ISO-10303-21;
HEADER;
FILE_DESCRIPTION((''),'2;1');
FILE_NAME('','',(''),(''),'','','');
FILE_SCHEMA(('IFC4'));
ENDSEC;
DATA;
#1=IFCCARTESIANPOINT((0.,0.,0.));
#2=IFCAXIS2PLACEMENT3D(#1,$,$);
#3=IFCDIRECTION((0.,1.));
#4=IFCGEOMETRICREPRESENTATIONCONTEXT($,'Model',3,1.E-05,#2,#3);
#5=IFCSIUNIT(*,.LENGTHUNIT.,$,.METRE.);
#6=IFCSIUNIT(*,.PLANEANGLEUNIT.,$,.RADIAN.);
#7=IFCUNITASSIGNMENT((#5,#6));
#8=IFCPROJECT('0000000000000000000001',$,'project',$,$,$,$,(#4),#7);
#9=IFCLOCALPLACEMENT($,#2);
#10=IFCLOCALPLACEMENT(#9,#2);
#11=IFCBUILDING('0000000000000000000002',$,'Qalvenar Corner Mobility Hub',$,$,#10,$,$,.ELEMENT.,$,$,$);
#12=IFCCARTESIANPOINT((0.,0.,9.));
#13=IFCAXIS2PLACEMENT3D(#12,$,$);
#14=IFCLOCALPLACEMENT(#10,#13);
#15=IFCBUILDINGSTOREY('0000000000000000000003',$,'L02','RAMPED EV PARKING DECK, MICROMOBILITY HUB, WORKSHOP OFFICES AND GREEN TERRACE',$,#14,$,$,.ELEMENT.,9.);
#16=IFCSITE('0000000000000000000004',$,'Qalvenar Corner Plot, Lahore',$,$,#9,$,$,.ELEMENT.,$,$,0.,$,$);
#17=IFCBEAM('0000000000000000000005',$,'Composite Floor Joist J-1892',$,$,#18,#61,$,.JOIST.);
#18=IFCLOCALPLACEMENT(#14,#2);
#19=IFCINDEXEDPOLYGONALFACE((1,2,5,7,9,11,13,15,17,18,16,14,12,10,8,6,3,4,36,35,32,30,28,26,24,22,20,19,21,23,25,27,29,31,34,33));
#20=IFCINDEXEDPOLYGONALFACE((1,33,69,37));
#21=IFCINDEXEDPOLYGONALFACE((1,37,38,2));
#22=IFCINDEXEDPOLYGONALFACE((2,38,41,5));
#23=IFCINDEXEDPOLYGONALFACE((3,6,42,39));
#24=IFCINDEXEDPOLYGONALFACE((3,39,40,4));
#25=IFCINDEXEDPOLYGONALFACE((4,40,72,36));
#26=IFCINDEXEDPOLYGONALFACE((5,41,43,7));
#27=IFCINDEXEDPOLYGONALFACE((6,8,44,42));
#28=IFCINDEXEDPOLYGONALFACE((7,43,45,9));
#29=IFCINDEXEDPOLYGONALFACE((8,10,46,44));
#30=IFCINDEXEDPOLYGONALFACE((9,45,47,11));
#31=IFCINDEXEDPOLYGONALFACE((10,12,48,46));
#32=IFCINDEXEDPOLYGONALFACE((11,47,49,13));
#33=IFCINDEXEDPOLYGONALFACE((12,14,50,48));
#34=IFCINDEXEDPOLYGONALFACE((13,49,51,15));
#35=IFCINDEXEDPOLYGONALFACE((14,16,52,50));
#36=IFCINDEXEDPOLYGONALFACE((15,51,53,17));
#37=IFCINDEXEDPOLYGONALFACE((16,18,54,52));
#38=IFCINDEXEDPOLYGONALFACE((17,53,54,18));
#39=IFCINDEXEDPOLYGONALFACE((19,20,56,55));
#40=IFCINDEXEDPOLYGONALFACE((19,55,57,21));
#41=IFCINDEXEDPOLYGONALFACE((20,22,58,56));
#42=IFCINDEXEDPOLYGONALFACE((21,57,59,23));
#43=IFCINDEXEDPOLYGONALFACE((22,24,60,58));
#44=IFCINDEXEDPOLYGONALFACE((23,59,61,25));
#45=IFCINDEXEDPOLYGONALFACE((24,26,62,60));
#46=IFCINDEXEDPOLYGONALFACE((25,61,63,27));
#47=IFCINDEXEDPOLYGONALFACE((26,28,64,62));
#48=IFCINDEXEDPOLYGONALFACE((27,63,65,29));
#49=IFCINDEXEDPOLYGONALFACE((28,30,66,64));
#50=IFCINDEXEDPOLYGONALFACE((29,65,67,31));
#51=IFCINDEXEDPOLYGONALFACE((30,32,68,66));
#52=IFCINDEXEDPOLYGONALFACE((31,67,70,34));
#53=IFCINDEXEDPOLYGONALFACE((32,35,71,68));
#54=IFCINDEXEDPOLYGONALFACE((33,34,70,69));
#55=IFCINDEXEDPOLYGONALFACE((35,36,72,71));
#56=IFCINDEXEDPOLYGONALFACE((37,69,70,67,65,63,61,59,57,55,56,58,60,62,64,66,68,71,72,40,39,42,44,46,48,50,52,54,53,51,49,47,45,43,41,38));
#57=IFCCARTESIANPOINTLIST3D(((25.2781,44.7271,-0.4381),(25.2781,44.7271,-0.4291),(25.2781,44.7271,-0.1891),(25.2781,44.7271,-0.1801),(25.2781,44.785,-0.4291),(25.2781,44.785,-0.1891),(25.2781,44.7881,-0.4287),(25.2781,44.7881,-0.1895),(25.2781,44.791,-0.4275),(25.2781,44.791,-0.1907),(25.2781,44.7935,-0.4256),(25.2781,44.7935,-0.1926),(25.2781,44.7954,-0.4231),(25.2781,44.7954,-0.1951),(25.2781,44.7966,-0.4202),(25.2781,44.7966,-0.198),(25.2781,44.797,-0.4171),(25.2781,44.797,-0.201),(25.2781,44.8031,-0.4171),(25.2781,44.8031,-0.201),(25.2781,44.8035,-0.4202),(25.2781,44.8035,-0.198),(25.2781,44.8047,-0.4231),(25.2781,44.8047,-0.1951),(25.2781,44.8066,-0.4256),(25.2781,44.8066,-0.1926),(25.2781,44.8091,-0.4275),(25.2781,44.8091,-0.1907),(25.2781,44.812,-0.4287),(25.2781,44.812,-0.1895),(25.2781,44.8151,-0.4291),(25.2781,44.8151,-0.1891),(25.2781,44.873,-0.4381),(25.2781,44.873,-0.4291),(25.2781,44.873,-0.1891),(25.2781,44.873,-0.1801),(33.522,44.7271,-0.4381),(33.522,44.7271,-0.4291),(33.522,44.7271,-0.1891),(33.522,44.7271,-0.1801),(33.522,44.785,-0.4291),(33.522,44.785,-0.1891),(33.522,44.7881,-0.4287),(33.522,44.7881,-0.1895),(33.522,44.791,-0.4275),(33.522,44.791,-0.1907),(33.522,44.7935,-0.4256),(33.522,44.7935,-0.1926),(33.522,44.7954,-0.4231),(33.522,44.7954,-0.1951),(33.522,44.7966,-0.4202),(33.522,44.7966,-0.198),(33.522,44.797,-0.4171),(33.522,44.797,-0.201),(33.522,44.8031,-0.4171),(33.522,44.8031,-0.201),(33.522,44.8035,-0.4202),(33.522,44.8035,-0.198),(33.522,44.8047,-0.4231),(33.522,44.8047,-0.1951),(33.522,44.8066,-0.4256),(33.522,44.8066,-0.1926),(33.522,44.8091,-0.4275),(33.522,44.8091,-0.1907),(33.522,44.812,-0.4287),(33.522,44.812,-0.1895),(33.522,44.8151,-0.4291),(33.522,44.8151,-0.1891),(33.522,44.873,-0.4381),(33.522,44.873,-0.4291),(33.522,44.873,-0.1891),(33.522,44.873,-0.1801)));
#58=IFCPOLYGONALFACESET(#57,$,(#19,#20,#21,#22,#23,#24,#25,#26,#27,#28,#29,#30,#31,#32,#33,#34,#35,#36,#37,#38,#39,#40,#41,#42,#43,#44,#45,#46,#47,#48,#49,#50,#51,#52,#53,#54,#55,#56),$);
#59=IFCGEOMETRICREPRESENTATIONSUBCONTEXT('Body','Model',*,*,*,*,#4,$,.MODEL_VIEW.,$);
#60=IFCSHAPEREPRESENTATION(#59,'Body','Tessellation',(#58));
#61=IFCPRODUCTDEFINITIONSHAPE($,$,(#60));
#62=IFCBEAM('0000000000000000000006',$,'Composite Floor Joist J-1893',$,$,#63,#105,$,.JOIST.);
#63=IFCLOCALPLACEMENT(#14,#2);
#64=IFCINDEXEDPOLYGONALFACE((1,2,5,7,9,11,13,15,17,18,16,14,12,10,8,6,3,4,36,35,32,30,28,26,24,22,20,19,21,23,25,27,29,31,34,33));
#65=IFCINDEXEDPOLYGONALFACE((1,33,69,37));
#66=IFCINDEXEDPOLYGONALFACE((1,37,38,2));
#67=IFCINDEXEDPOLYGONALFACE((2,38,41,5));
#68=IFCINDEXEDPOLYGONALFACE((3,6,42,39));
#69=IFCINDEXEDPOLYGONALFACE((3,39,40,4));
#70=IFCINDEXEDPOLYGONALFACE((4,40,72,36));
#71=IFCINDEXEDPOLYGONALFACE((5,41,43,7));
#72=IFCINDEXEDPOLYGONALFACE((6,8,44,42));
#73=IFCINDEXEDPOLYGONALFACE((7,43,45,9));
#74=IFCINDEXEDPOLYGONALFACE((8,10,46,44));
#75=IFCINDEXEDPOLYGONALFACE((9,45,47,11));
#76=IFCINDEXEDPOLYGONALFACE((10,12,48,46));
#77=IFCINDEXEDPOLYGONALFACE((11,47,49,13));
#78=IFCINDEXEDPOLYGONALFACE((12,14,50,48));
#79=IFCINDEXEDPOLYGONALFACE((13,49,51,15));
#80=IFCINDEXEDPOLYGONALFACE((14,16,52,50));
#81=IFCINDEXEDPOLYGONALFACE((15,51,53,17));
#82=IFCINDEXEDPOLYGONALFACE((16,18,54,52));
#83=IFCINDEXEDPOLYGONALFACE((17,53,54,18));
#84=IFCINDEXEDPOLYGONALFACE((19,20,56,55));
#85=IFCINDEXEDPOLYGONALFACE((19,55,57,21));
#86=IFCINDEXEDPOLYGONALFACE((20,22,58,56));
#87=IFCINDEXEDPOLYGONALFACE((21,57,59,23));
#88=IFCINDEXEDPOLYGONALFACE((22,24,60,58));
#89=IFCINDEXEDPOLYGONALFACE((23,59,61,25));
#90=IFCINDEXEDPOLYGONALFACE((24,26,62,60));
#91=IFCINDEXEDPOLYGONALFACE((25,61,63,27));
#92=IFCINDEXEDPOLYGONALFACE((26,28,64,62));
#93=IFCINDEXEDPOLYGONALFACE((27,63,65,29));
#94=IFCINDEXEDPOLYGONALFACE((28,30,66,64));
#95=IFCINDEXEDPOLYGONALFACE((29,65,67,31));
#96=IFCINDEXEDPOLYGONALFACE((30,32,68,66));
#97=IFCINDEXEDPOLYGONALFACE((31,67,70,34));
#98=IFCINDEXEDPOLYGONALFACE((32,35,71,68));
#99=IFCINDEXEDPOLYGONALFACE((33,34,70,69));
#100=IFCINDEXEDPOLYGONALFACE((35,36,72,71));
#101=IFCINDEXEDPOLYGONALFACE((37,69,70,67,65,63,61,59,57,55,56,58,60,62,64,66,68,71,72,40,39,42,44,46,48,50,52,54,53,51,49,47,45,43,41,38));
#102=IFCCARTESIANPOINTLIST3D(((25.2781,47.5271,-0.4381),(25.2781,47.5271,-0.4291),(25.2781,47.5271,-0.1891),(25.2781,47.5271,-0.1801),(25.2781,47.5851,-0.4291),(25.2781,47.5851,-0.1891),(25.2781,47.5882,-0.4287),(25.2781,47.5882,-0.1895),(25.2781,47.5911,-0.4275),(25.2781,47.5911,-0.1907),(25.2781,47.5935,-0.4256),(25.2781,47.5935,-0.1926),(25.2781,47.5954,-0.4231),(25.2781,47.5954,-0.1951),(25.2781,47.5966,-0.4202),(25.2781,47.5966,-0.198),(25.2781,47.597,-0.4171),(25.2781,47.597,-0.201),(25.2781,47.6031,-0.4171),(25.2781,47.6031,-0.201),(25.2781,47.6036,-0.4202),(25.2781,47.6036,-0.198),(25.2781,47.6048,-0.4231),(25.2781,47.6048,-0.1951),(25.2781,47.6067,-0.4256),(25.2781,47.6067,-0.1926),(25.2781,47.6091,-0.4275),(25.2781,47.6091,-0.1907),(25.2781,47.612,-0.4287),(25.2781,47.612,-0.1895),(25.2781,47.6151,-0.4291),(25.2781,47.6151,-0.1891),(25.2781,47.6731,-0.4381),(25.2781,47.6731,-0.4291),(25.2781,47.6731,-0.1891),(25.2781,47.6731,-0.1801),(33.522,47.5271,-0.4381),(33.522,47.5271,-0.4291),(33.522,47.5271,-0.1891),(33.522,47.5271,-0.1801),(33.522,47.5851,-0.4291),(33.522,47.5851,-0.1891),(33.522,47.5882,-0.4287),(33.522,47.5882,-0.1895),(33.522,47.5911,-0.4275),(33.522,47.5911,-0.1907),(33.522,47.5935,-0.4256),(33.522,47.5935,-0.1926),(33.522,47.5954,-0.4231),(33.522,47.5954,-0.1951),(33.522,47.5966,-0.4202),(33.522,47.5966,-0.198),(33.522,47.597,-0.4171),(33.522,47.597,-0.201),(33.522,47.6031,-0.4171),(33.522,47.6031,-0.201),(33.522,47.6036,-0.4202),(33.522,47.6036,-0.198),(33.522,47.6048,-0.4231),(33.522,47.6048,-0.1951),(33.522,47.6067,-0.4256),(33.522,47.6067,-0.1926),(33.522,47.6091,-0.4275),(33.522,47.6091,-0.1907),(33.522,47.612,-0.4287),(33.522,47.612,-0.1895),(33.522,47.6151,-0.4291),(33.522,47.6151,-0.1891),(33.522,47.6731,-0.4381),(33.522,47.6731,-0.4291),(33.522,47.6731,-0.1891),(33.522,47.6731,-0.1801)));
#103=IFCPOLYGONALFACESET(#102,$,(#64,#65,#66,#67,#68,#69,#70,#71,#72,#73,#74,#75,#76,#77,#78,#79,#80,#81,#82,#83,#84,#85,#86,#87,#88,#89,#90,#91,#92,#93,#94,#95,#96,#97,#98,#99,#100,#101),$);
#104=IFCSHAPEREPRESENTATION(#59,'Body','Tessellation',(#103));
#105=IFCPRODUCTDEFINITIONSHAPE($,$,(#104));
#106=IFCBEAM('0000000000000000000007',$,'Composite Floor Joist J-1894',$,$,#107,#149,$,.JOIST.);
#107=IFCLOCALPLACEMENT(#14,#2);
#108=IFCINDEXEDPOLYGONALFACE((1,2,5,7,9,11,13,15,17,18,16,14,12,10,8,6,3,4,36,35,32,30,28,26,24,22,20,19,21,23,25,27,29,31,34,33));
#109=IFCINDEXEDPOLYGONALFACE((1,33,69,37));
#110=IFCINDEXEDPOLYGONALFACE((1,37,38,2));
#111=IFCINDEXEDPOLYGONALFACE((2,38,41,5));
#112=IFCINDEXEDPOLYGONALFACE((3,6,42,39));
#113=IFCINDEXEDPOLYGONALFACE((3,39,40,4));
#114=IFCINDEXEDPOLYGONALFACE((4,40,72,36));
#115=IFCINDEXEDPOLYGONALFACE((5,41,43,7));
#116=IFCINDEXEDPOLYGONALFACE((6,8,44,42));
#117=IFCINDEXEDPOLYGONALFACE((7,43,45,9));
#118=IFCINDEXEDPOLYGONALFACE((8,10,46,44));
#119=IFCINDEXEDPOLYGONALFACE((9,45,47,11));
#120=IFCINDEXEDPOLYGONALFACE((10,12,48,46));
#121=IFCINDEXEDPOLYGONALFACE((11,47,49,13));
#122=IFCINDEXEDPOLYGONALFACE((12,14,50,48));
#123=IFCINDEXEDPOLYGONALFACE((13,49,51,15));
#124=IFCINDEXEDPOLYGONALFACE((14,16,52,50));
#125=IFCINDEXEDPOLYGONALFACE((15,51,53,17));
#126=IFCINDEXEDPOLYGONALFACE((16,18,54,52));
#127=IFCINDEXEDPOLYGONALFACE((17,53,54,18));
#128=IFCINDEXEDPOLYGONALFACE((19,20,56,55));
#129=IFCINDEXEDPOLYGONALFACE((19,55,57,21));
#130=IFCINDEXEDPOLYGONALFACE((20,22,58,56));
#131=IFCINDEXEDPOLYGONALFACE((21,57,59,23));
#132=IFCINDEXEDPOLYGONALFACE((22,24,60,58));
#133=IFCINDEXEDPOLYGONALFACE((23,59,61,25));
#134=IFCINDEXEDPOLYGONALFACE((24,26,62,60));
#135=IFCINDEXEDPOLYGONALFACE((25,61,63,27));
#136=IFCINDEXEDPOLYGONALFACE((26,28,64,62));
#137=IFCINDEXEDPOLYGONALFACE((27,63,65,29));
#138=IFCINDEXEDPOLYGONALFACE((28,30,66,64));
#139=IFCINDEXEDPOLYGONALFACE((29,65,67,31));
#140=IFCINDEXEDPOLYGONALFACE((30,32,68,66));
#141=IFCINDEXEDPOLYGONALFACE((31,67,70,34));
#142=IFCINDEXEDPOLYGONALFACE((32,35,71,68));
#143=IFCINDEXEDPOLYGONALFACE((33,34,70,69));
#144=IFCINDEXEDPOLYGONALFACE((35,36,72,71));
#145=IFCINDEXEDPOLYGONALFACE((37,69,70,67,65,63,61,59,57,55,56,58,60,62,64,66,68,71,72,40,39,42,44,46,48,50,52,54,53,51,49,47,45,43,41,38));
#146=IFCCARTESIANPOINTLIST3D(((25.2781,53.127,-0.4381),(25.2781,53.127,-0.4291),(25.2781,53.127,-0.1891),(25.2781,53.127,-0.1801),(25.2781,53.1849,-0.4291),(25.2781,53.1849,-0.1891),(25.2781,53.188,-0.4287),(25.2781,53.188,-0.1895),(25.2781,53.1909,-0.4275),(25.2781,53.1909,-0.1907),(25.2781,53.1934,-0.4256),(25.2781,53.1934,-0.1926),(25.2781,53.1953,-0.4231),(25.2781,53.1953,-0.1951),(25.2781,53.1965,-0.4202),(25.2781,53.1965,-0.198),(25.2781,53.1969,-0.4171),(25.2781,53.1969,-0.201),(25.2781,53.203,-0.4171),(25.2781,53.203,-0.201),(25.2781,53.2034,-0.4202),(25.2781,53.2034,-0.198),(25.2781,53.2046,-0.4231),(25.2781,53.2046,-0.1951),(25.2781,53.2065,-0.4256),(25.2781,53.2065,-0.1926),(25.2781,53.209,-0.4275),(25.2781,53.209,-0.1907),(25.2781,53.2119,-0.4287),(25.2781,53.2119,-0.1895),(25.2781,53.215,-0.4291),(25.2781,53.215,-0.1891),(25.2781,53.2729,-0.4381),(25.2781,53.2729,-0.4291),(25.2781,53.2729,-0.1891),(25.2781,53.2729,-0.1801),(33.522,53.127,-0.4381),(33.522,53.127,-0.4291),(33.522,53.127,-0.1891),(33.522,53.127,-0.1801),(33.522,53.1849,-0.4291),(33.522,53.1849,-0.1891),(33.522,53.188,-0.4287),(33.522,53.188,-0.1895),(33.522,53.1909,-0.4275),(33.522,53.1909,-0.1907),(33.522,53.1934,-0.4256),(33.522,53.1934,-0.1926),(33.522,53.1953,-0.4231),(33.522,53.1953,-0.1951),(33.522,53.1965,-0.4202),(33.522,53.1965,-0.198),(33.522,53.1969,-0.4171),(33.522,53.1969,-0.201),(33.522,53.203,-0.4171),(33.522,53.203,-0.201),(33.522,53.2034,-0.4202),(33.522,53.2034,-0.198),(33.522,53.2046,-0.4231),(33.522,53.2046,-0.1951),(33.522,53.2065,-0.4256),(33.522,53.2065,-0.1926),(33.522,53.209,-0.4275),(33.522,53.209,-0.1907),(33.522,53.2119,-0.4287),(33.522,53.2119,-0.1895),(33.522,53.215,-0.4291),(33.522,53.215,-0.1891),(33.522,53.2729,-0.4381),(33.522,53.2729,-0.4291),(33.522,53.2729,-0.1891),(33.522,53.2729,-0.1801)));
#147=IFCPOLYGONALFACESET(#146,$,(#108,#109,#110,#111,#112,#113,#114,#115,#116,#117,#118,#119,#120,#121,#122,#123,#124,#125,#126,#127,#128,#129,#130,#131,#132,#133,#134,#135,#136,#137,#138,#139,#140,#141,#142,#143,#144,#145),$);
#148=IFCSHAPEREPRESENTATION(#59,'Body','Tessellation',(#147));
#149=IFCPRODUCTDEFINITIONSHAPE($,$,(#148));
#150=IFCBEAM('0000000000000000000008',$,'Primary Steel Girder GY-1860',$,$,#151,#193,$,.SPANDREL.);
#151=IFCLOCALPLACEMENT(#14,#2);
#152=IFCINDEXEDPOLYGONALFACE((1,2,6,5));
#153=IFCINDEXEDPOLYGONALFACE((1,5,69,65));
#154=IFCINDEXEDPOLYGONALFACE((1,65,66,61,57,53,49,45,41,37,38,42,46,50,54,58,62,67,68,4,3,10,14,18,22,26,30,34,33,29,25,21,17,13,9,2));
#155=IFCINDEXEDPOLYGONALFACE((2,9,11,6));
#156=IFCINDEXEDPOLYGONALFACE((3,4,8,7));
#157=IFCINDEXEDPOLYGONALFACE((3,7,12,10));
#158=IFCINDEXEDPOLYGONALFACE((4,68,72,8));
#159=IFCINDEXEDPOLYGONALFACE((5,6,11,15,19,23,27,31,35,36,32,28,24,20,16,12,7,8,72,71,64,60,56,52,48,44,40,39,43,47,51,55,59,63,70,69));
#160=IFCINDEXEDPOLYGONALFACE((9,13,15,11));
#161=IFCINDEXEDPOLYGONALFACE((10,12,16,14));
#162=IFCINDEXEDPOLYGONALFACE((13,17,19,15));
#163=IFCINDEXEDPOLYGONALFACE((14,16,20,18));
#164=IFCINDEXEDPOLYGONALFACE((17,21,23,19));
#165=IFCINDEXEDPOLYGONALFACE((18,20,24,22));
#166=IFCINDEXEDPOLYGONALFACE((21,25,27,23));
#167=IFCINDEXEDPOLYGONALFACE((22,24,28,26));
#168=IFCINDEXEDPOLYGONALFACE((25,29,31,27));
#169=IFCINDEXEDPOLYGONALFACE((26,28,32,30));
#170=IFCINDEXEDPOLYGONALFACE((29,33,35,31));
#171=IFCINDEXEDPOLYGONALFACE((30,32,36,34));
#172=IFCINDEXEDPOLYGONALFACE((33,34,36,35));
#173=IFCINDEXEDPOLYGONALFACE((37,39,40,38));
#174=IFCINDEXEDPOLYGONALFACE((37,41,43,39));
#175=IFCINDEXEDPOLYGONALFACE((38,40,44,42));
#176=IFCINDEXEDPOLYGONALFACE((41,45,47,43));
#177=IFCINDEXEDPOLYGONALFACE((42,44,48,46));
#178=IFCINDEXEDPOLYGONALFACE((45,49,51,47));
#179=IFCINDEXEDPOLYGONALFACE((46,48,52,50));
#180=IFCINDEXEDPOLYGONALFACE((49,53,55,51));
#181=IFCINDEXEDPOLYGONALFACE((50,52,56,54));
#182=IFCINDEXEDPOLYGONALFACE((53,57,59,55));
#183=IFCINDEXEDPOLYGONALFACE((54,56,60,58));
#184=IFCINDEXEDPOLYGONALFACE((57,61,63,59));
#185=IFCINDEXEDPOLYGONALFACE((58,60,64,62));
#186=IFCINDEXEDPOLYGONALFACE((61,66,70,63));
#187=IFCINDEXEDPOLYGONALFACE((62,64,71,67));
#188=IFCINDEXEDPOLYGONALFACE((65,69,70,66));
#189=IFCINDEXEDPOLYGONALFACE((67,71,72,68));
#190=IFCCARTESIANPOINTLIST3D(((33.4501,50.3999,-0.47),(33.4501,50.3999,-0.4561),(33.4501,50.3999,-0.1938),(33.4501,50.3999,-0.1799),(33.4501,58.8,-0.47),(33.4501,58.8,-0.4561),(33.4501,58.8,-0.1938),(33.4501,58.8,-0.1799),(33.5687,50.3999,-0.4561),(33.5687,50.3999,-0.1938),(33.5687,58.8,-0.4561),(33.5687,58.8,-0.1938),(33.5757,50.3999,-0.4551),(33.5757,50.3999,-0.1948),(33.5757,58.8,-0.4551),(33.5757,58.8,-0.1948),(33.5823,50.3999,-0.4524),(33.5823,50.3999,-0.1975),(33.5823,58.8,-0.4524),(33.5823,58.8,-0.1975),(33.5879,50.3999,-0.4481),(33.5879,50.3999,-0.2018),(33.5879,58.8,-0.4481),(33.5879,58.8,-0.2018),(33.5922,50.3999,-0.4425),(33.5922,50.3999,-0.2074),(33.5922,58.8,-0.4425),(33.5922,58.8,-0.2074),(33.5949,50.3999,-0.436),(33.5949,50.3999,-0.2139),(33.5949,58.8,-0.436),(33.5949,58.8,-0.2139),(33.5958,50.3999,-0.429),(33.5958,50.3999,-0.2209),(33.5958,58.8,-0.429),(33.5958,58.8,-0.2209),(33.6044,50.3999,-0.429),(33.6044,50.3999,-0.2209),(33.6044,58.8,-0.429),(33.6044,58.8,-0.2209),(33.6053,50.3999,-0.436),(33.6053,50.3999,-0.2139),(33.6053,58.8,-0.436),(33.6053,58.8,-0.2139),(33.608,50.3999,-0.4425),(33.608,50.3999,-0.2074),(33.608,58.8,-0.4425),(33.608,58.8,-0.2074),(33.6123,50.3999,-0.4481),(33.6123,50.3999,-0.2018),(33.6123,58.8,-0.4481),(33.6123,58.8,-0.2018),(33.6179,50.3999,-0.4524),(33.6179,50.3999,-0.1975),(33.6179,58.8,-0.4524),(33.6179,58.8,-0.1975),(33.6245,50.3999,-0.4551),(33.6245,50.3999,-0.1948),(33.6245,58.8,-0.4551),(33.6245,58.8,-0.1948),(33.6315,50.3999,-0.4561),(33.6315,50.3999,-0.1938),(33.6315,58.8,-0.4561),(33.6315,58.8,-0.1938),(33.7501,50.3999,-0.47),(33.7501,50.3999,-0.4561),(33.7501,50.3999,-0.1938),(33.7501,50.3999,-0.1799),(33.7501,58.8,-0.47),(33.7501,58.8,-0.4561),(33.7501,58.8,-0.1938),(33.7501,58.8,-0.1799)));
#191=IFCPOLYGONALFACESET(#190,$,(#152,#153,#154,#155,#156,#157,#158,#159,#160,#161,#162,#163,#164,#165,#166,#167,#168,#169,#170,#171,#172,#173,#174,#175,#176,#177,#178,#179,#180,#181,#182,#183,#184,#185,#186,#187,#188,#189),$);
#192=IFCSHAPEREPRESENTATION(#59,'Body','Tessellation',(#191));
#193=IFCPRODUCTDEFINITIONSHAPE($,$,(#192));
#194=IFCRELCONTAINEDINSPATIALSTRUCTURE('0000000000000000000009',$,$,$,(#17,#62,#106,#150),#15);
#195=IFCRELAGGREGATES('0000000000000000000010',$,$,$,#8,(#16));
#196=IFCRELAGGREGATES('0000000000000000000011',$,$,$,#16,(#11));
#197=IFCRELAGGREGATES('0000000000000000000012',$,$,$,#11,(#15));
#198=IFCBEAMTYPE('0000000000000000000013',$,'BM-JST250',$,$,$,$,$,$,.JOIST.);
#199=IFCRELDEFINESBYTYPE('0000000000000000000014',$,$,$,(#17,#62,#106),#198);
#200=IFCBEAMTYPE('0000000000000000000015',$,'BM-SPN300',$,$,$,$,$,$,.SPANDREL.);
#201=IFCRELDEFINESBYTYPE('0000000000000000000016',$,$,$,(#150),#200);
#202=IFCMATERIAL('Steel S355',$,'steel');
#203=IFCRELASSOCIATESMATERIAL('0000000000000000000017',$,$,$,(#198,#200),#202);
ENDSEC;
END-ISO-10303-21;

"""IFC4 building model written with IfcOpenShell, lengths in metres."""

from ifc_helpers import new_model, si_unit, direction, frame, origin, origin_2d, place, context, subcontext, project, spatial, i_section, extrude, material, material_profile, profile_set, type_object, element, save


model = new_model("IFC4")

# Units and contexts
model_context = context("Model", 3, precision=1e-05, world=origin(), true_north=direction((0.0, 1.0)))
body_context = subcontext(model_context, "Body", "Model", "MODEL_VIEW")
ifc_project = project(units=[si_unit("LENGTHUNIT", "METRE"), si_unit("PLANEANGLEUNIT", "RADIAN")], contexts=[model_context])

# Site, building, storey
site_placement = place(None, origin())
site = spatial("IfcSite", under=ifc_project, at=site_placement, Name="Qalvenar Corner Plot, Lahore", CompositionType="ELEMENT", RefElevation=0.0)
building_placement = place(site_placement, origin())
building = spatial("IfcBuilding", under=site, at=building_placement, Name="Qalvenar Corner Mobility Hub", CompositionType="ELEMENT")
storey_placement = place(building_placement, frame((0.0, 0.0, 9.0)))
storey = spatial("IfcBuildingStorey", under=building, at=storey_placement, Name="L02", Description="RAMPED EV PARKING DECK, MICROMOBILITY HUB, WORKSHOP OFFICES AND GREEN TERRACE", CompositionType="ELEMENT", Elevation=9.0)

# Shared definitions
ifc_material_1 = material(Name="Steel S355", Category="steel")

# Beams
ifc_material_profile_1 = material_profile(ifc_material_1, i_section(OverallWidth=0.146, OverallDepth=0.2581, WebThickness=0.0061, FlangeThickness=0.009, FilletRadius=0.012, at=origin_2d()), Name="W250x32.7")
ifc_profile_set_1 = profile_set([ifc_material_profile_1], Name="Steel S355")
beam_type_1 = type_object("IfcBeamType", Name="BM-JST250", PredefinedType="JOIST", material=ifc_profile_set_1)
for number, where, z_axis, x_axis, name in (
    (1, (25.2781, 44.8, -0.3091), (1.0, 0.0, 0.0), (0.0, 1.0, 0.0), "Composite Floor Joist J-1892"),
    (2, (25.2781, 47.6001, -0.3091), (1.0, 0.0, 0.0), (0.0, 1.0, 0.0), "Composite Floor Joist J-1893"),
    (3, (25.2781, 53.2, -0.3091), (1.0, 0.0, 0.0), (0.0, 1.0, 0.0), "Composite Floor Joist J-1894"),
):
    element("IfcBeam", number, at=place(storey_placement, frame(where, z_axis=z_axis, x_axis=x_axis)), inside=storey, type_object=beam_type_1, Name=name, PredefinedType="JOIST", context=body_context, shape_type="SweptSolid", body=[
        extrude(i_section(OverallWidth=0.146, OverallDepth=0.2581, WebThickness=0.0061, FlangeThickness=0.009, FilletRadius=0.012, at=origin_2d()), origin(), (0.0, 0.0, 1.0), 8.2439),
    ])
ifc_material_profile_2 = material_profile(ifc_material_1, i_section(OverallWidth=0.3, OverallDepth=0.29, WebThickness=0.0085, FlangeThickness=0.0139, FilletRadius=0.0271, at=origin_2d()), Name="HEA300")
ifc_profile_set_2 = profile_set([ifc_material_profile_2], Name="Steel S355")
beam_type_2 = type_object("IfcBeamType", Name="BM-SPN300", PredefinedType="SPANDREL", material=ifc_profile_set_2)
beam_1_placement = place(storey_placement, frame((33.6001, 50.3999, -0.325), z_axis=(0.0, 1.0, 0.0), x_axis=(-1.0, 0.0, 0.0)))
element("IfcBeam", 4, at=beam_1_placement, inside=storey, type_object=beam_type_2, Name="Primary Steel Girder GY-1860", PredefinedType="SPANDREL", context=body_context, shape_type="SweptSolid", body=[
    extrude(i_section(OverallWidth=0.3, OverallDepth=0.29, WebThickness=0.0085, FlangeThickness=0.0139, FilletRadius=0.0271, at=origin_2d()), origin(), (0.0, 0.0, 1.0), 8.4001),
])

save(model, "model.ifc")
